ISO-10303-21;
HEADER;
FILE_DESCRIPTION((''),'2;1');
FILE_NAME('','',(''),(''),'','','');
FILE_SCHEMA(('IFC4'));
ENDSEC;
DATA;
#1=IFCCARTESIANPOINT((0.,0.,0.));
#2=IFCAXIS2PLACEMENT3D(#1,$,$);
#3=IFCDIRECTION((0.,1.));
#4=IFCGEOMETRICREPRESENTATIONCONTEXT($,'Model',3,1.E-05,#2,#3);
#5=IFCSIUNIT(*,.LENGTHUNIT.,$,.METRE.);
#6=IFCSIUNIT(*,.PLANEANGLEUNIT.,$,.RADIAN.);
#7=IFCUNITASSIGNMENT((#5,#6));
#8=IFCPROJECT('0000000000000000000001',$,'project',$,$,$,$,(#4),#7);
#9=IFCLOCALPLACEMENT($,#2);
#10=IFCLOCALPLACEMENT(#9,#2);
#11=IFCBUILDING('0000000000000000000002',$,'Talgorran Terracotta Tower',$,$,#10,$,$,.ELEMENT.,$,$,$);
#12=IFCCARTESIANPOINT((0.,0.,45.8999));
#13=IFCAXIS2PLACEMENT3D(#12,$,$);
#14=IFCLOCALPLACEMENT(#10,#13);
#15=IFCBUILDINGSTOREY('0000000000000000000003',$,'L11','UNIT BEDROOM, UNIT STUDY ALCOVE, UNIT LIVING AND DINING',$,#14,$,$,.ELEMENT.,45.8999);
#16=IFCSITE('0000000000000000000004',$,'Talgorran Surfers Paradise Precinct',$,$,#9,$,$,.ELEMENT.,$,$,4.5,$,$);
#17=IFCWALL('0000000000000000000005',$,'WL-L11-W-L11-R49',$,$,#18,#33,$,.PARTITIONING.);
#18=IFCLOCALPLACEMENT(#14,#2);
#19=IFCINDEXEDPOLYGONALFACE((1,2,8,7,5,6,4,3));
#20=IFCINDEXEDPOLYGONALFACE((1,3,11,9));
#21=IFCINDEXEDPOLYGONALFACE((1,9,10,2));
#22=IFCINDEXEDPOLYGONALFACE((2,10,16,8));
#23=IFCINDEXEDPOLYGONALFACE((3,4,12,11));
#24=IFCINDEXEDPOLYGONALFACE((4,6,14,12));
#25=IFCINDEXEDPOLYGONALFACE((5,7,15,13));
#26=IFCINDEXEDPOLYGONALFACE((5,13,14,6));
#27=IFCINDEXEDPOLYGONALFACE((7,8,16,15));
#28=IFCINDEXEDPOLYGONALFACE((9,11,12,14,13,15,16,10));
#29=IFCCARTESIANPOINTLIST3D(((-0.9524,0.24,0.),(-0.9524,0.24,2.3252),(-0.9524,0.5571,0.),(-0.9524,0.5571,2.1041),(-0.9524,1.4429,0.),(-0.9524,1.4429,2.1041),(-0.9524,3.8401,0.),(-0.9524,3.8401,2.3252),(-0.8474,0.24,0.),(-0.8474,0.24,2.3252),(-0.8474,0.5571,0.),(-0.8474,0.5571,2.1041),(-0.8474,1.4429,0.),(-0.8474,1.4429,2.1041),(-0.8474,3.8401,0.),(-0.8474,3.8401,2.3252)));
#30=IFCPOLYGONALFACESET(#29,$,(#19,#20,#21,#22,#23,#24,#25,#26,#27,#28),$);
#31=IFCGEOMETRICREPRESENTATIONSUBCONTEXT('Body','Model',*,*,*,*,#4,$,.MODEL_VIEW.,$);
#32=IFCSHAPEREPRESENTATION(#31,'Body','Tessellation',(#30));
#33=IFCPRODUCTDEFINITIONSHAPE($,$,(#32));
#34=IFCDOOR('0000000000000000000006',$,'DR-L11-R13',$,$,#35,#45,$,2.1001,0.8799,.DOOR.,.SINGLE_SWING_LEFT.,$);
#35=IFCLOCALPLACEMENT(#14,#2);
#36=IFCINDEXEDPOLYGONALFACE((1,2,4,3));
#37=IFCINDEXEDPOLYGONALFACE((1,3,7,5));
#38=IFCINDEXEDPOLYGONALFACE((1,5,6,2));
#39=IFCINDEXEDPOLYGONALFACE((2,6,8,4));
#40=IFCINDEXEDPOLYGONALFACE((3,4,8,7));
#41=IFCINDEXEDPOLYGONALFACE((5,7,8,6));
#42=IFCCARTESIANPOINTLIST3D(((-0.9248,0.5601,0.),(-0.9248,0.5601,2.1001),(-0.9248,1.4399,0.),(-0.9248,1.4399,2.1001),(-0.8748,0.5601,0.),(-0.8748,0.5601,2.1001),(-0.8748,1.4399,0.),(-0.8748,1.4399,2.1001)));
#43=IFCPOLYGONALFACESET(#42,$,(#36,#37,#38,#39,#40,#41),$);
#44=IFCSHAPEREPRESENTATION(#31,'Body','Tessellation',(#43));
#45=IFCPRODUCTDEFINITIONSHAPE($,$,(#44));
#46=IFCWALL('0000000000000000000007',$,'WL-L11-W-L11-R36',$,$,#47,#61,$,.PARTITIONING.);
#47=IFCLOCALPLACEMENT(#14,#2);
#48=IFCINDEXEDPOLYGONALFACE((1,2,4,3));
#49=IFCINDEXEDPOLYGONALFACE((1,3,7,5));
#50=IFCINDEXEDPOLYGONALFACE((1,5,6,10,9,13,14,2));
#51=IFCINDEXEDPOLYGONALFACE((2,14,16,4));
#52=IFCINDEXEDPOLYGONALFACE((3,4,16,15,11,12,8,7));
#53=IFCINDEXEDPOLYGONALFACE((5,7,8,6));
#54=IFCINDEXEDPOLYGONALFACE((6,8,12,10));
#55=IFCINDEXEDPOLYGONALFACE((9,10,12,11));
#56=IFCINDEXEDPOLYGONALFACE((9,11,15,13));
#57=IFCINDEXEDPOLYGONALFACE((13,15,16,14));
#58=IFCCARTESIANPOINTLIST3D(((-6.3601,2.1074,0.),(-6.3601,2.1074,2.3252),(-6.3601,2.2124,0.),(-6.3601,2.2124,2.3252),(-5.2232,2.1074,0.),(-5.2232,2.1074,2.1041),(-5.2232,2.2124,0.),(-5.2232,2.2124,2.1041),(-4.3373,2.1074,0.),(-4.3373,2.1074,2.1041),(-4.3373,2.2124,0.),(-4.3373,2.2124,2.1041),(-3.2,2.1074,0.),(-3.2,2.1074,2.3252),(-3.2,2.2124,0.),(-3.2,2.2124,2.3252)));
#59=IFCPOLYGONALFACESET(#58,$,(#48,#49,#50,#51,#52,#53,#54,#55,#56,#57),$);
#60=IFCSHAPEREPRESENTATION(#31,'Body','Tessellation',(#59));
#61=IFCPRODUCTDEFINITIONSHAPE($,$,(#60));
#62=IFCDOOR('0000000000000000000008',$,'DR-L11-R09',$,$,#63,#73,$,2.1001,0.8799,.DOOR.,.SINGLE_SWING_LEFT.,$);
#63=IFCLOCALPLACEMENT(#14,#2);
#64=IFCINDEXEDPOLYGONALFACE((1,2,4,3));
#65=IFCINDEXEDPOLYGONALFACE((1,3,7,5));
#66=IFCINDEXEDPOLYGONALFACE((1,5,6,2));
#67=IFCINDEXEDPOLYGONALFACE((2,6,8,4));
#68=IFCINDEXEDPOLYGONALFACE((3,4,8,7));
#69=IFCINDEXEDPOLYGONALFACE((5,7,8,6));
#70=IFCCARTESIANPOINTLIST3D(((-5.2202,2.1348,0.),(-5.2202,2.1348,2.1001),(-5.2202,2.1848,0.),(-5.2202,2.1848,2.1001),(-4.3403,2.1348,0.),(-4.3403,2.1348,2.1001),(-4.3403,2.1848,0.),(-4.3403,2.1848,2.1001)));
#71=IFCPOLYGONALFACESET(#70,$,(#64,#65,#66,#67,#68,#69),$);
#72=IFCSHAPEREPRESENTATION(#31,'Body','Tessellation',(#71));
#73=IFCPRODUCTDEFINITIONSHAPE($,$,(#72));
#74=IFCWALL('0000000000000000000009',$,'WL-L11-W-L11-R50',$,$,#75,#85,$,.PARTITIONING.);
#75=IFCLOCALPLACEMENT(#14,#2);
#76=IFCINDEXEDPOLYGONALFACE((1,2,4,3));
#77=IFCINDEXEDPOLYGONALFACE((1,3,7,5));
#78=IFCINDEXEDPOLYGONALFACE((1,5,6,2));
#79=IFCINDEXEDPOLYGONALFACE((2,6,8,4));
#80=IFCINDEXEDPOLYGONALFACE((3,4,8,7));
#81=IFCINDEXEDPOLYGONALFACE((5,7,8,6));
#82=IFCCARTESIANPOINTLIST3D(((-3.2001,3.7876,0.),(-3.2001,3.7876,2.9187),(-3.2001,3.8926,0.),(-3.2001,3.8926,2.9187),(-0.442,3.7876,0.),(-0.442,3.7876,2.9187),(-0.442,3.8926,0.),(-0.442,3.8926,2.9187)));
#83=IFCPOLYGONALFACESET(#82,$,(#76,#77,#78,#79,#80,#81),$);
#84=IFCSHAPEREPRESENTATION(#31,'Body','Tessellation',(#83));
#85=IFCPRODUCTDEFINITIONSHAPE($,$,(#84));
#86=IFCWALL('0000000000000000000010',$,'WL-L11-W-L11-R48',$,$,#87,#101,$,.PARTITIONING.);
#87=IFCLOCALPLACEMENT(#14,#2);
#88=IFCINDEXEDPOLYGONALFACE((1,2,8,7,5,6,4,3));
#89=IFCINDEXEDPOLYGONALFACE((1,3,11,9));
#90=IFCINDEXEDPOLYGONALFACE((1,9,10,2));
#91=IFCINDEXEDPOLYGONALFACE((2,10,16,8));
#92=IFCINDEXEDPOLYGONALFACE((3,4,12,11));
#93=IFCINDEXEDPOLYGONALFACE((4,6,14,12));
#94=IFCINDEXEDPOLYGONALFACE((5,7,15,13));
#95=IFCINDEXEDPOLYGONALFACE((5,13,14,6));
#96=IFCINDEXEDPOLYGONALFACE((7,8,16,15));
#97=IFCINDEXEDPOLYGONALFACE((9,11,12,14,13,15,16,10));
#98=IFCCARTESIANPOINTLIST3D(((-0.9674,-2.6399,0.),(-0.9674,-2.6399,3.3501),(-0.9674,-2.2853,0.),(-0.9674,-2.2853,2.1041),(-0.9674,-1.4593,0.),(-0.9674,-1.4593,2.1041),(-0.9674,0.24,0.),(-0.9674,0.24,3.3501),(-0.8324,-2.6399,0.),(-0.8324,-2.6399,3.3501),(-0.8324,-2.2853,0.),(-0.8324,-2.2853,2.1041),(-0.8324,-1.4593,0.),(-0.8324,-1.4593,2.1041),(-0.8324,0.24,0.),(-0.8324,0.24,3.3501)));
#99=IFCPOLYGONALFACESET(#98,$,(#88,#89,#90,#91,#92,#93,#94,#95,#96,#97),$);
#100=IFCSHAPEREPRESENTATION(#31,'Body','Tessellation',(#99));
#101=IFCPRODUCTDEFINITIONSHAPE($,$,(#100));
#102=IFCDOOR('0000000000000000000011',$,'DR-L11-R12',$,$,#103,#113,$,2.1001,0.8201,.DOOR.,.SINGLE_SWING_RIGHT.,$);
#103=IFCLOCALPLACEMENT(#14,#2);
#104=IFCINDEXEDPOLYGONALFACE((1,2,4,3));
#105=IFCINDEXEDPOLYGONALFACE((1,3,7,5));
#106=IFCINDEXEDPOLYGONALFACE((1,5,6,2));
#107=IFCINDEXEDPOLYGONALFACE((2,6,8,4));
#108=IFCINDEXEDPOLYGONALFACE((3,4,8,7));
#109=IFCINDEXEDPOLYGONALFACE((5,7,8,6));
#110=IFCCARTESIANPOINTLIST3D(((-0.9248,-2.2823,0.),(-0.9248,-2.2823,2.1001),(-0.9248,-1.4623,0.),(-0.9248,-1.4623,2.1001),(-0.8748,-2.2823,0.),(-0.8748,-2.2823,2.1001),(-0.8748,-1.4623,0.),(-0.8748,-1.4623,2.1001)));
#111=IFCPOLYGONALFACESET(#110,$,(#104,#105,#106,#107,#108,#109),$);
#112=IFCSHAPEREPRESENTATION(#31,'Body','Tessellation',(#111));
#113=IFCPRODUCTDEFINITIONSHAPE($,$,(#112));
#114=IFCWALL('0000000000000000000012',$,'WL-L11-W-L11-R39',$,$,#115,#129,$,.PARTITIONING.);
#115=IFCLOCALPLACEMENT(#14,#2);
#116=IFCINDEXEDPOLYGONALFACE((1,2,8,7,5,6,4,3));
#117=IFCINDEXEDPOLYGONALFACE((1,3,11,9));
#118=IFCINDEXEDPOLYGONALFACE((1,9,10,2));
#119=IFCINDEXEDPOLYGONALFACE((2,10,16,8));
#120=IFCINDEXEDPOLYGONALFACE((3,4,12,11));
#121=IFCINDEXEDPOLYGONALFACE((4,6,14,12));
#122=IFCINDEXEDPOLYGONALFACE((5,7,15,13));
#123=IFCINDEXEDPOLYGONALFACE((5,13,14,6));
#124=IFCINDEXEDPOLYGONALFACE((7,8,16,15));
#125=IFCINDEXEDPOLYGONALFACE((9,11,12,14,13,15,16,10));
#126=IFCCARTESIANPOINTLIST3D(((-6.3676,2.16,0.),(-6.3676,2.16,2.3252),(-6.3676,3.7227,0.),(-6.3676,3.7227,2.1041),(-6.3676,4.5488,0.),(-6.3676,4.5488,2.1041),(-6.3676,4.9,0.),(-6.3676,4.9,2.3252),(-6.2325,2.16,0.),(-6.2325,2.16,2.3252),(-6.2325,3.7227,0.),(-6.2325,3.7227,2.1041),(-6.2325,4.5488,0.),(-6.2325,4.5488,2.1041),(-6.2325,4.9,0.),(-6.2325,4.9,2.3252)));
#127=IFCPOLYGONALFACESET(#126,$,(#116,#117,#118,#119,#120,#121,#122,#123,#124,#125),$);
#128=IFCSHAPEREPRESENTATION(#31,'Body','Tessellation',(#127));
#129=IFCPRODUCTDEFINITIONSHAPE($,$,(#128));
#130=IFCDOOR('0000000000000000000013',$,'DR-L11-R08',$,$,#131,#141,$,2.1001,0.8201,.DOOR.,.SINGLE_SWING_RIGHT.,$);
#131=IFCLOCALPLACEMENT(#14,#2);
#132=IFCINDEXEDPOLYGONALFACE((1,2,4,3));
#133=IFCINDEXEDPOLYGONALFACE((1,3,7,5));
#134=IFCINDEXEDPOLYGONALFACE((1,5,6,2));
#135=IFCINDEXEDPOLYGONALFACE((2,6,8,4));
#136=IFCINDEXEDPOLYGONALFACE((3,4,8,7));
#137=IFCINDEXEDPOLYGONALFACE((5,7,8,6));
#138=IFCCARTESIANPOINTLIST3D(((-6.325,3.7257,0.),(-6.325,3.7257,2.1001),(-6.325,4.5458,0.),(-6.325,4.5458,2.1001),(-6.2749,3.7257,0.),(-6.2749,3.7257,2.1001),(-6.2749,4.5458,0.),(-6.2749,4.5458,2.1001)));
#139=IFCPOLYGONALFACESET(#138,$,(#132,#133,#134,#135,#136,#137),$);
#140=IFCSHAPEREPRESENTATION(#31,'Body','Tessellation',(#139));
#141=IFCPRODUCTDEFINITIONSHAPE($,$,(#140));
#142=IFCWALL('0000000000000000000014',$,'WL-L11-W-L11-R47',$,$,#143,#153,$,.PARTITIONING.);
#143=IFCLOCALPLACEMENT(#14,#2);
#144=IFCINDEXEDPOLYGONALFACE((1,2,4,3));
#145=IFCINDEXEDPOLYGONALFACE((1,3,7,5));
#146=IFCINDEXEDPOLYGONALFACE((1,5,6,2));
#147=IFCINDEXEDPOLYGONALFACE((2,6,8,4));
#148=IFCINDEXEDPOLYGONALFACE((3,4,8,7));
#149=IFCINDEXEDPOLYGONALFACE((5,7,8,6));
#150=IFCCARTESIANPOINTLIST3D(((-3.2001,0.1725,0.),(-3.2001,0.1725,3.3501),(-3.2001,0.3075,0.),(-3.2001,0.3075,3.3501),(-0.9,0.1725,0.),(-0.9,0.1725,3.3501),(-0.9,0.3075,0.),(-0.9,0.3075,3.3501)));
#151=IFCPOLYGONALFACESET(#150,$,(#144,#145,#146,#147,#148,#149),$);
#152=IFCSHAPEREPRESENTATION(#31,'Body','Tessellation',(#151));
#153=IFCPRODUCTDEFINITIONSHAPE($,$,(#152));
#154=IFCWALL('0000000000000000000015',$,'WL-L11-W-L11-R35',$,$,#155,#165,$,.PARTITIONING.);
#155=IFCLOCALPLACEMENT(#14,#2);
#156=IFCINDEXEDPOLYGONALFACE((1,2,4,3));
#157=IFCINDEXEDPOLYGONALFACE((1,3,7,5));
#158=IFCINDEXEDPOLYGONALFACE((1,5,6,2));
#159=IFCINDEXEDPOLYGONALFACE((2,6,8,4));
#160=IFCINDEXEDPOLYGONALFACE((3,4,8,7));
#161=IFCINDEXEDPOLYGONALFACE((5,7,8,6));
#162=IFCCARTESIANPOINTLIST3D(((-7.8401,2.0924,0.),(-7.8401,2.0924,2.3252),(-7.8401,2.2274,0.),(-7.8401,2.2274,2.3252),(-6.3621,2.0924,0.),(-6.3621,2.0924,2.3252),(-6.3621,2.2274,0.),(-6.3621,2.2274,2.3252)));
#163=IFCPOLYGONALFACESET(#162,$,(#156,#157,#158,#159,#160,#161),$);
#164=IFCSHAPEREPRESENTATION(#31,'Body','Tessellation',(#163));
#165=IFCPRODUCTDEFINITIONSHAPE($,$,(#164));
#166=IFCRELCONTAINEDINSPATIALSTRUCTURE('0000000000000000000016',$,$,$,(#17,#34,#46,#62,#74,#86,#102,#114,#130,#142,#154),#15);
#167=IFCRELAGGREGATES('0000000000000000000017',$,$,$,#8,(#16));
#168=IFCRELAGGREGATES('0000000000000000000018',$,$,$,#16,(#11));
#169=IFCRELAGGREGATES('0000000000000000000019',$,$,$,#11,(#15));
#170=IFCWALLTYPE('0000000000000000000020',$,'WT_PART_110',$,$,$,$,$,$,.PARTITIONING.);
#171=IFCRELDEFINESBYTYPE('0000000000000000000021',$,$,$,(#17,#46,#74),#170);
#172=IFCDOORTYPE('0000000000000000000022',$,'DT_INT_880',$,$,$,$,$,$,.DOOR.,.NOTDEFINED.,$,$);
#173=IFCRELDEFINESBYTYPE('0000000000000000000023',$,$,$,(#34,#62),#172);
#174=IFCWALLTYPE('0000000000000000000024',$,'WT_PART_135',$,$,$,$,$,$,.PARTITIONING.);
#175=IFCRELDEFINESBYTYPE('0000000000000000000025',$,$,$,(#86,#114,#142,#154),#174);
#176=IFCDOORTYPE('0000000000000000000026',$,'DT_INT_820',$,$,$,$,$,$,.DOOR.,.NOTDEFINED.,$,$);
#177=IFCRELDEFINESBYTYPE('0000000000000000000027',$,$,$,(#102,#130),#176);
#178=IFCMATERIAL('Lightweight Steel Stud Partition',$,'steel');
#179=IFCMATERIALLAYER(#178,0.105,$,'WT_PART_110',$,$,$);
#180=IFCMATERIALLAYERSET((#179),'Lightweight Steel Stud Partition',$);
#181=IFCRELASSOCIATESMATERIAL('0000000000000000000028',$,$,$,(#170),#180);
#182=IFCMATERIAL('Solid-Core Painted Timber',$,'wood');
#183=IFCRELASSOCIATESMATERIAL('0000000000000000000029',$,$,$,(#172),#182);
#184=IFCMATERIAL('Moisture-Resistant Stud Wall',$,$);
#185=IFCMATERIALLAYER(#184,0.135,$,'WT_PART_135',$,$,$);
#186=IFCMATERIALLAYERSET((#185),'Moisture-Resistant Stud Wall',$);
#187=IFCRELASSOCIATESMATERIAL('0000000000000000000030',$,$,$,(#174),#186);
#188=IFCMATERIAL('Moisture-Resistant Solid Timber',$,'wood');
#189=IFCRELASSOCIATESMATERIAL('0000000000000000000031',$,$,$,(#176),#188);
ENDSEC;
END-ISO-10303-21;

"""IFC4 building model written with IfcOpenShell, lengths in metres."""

from ifc_helpers import new_model, si_unit, direction, frame, frame_2d, origin, place, context, subcontext, project, spatial, rectangle, extrude, material, layer, layer_set, type_object, element, fill, save


model = new_model("IFC4")

# Units and contexts
model_context = context("Model", 3, precision=1e-05, world=origin(), true_north=direction((0.0, 1.0)))
body_context = subcontext(model_context, "Body", "Model", "MODEL_VIEW")
ifc_project = project(units=[si_unit("LENGTHUNIT", "METRE"), si_unit("PLANEANGLEUNIT", "RADIAN")], contexts=[model_context])

# Site, building, storey
site_placement = place(None, origin())
site = spatial("IfcSite", under=ifc_project, at=site_placement, Name="Talgorran Surfers Paradise Precinct", CompositionType="ELEMENT", RefElevation=4.5)
building_placement = place(site_placement, origin())
building = spatial("IfcBuilding", under=site, at=building_placement, Name="Talgorran Terracotta Tower", CompositionType="ELEMENT")
storey_placement = place(building_placement, frame((0.0, 0.0, 45.8999)))
storey = spatial("IfcBuildingStorey", under=building, at=storey_placement, Name="L11", Description="UNIT BEDROOM, UNIT STUDY ALCOVE, UNIT LIVING AND DINING", CompositionType="ELEMENT", Elevation=45.8999)

# Walls, openings, doors
ifc_material_1 = material(Name="Lightweight Steel Stud Partition", Category="steel")
ifc_layer_1 = layer(ifc_material_1, 0.105, Name="WT_PART_110")
ifc_layer_set_1 = layer_set([ifc_layer_1], Name="Lightweight Steel Stud Partition")
wall_type_1 = type_object("IfcWallType", Name="WT_PART_110", PredefinedType="PARTITIONING", material=ifc_layer_set_1)
wall_1_placement = place(storey_placement, frame((-0.8999, 0.24, 0.0), z_axis=(0.0, 0.0, 1.0), x_axis=(0.0, 1.0, 0.0)))
wall_1 = element("IfcWall", 1, at=wall_1_placement, inside=storey, type_object=wall_type_1, Name="WL-L11-W-L11-R49", PredefinedType="PARTITIONING", context=body_context, shape_type="SweptSolid", body=[
    extrude(rectangle(XDim=3.6001, YDim=0.105, at=frame_2d((1.8, 0.0))), origin(), (0.0, 0.0, 1.0), 2.3252),
])
opening_1_placement = place(wall_1_placement, frame((0.3201, 0.0, 0.0)))
opening_1 = element("IfcOpeningElement", 2, at=opening_1_placement, cuts=wall_1, PredefinedType="OPENING", context=body_context, shape_type="SweptSolid", body=[
    extrude(rectangle(XDim=0.8859, YDim=2.1041, at=frame_2d((0.4399, 1.052))), frame((0.0, 0.0625, 0.0), z_axis=(0.0, -1.0, 0.0), x_axis=(1.0, 0.0, 0.0)), (0.0, 0.0, 1.0), 0.125),
])
ifc_material_2 = material(Name="Solid-Core Painted Timber", Category="wood")
door_type_1 = type_object("IfcDoorType", Name="DT_INT_880", OperationType="NOTDEFINED", PredefinedType="DOOR", material=ifc_material_2)
door_1_placement = place(opening_1_placement, origin())
door_1 = element("IfcDoor", 3, at=door_1_placement, inside=storey, type_object=door_type_1, Name="DR-L11-R13", OperationType="SINGLE_SWING_LEFT", OverallHeight=2.1001, OverallWidth=0.8799, PredefinedType="DOOR", context=body_context, shape_type="SweptSolid", body=[
    extrude(rectangle(XDim=0.8799, YDim=2.1001, at=frame_2d((0.4399, 1.05))), frame((0.0, 0.0249, 0.0), z_axis=(0.0, -1.0, 0.0), x_axis=(1.0, 0.0, 0.0)), (0.0, 0.0, 1.0), 0.05),
])
fill(opening_1, door_1)
wall_2_placement = place(storey_placement, frame((-6.3601, 2.1599, 0.0), z_axis=(0.0, 0.0, 1.0), x_axis=(1.0, 0.0, 0.0)))
wall_2 = element("IfcWall", 4, at=wall_2_placement, inside=storey, type_object=wall_type_1, Name="WL-L11-W-L11-R36", PredefinedType="PARTITIONING", context=body_context, shape_type="SweptSolid", body=[
    extrude(rectangle(XDim=3.1602, YDim=0.105, at=frame_2d((1.5801, 0.0))), origin(), (0.0, 0.0, 1.0), 2.3252),
])
opening_2_placement = place(wall_2_placement, frame((1.1399, 0.0, 0.0)))
opening_2 = element("IfcOpeningElement", 5, at=opening_2_placement, cuts=wall_2, PredefinedType="OPENING", context=body_context, shape_type="SweptSolid", body=[
    extrude(rectangle(XDim=0.8859, YDim=2.1041, at=frame_2d((0.4399, 1.052))), frame((0.0, 0.0625, 0.0), z_axis=(0.0, -1.0, 0.0), x_axis=(1.0, 0.0, 0.0)), (0.0, 0.0, 1.0), 0.125),
])
door_2_placement = place(opening_2_placement, origin())
door_2 = element("IfcDoor", 6, at=door_2_placement, inside=storey, type_object=door_type_1, Name="DR-L11-R09", OperationType="SINGLE_SWING_LEFT", OverallHeight=2.1001, OverallWidth=0.8799, PredefinedType="DOOR", context=body_context, shape_type="SweptSolid", body=[
    extrude(rectangle(XDim=0.8799, YDim=2.1001, at=frame_2d((0.4399, 1.05))), frame((0.0, 0.0249, 0.0), z_axis=(0.0, -1.0, 0.0), x_axis=(1.0, 0.0, 0.0)), (0.0, 0.0, 1.0), 0.05),
])
fill(opening_2, door_2)

# Wall
wall_3_placement = place(storey_placement, frame((-3.2, 3.8401, 0.0), z_axis=(0.0, 0.0, 1.0), x_axis=(1.0, 0.0, 0.0)))
element("IfcWall", 7, at=wall_3_placement, inside=storey, type_object=wall_type_1, Name="WL-L11-W-L11-R50", PredefinedType="PARTITIONING", context=body_context, shape_type="SweptSolid", body=[
    extrude(rectangle(XDim=2.7581, YDim=0.105, at=frame_2d((1.3789, 0.0))), origin(), (0.0, 0.0, 1.0), 2.9187),
])

# Walls, openings, doors
ifc_material_3 = material(Name="Moisture-Resistant Stud Wall")
ifc_layer_2 = layer(ifc_material_3, 0.135, Name="WT_PART_135")
ifc_layer_set_2 = layer_set([ifc_layer_2], Name="Moisture-Resistant Stud Wall")
wall_type_2 = type_object("IfcWallType", Name="WT_PART_135", PredefinedType="PARTITIONING", material=ifc_layer_set_2)
wall_4_placement = place(storey_placement, frame((-0.8999, -2.6399, 0.0), z_axis=(0.0, 0.0, 1.0), x_axis=(0.0, 1.0, 0.0)))
wall_4 = element("IfcWall", 8, at=wall_4_placement, inside=storey, type_object=wall_type_2, Name="WL-L11-W-L11-R48", PredefinedType="PARTITIONING", context=body_context, shape_type="SweptSolid", body=[
    extrude(rectangle(XDim=2.8799, YDim=0.135, at=frame_2d((1.4399, 0.0))), origin(), (0.0, 0.0, 1.0), 3.3501),
])
opening_3_placement = place(wall_4_placement, frame((0.3574, 0.0, 0.0)))
opening_3 = element("IfcOpeningElement", 9, at=opening_3_placement, cuts=wall_4, PredefinedType="OPENING", context=body_context, shape_type="SweptSolid", body=[
    extrude(rectangle(XDim=0.8261, YDim=2.1041, at=frame_2d((0.4102, 1.052))), frame((0.0, 0.0776, 0.0), z_axis=(0.0, -1.0, 0.0), x_axis=(1.0, 0.0, 0.0)), (0.0, 0.0, 1.0), 0.155),
])
ifc_material_4 = material(Name="Moisture-Resistant Solid Timber", Category="wood")
door_type_2 = type_object("IfcDoorType", Name="DT_INT_820", OperationType="NOTDEFINED", PredefinedType="DOOR", material=ifc_material_4)
door_3_placement = place(opening_3_placement, origin())
door_3 = element("IfcDoor", 10, at=door_3_placement, inside=storey, type_object=door_type_2, Name="DR-L11-R12", OperationType="SINGLE_SWING_RIGHT", OverallHeight=2.1001, OverallWidth=0.8201, PredefinedType="DOOR", context=body_context, shape_type="SweptSolid", body=[
    extrude(rectangle(XDim=0.8201, YDim=2.1001, at=frame_2d((0.4102, 1.05))), frame((0.0, 0.0249, 0.0), z_axis=(0.0, -1.0, 0.0), x_axis=(1.0, 0.0, 0.0)), (0.0, 0.0, 1.0), 0.05),
])
fill(opening_3, door_3)
wall_5_placement = place(storey_placement, frame((-6.3, 2.1599, 0.0), z_axis=(0.0, 0.0, 1.0), x_axis=(0.0, 1.0, 0.0)))
wall_5 = element("IfcWall", 11, at=wall_5_placement, inside=storey, type_object=wall_type_2, Name="WL-L11-W-L11-R39", PredefinedType="PARTITIONING", context=body_context, shape_type="SweptSolid", body=[
    extrude(rectangle(XDim=2.74, YDim=0.135, at=frame_2d((1.3701, 0.0))), origin(), (0.0, 0.0, 1.0), 2.3252),
])
opening_4_placement = place(wall_5_placement, frame((1.5657, 0.0, 0.0)))
opening_4 = element("IfcOpeningElement", 12, at=opening_4_placement, cuts=wall_5, PredefinedType="OPENING", context=body_context, shape_type="SweptSolid", body=[
    extrude(rectangle(XDim=0.8261, YDim=2.1041, at=frame_2d((0.4102, 1.052))), frame((0.0, 0.0776, 0.0), z_axis=(0.0, -1.0, 0.0), x_axis=(1.0, 0.0, 0.0)), (0.0, 0.0, 1.0), 0.155),
])
door_4_placement = place(opening_4_placement, origin())
door_4 = element("IfcDoor", 13, at=door_4_placement, inside=storey, type_object=door_type_2, Name="DR-L11-R08", OperationType="SINGLE_SWING_RIGHT", OverallHeight=2.1001, OverallWidth=0.8201, PredefinedType="DOOR", context=body_context, shape_type="SweptSolid", body=[
    extrude(rectangle(XDim=0.8201, YDim=2.1001, at=frame_2d((0.4102, 1.05))), frame((0.0, 0.0249, 0.0), z_axis=(0.0, -1.0, 0.0), x_axis=(1.0, 0.0, 0.0)), (0.0, 0.0, 1.0), 0.05),
])
fill(opening_4, door_4)

# Walls
wall_6_placement = place(storey_placement, frame((-3.2, 0.24, 0.0), z_axis=(0.0, 0.0, 1.0), x_axis=(1.0, 0.0, 0.0)))
element("IfcWall", 14, at=wall_6_placement, inside=storey, type_object=wall_type_2, Name="WL-L11-W-L11-R47", PredefinedType="PARTITIONING", context=body_context, shape_type="SweptSolid", body=[
    extrude(rectangle(XDim=2.3, YDim=0.135, at=frame_2d((1.1499, 0.0))), origin(), (0.0, 0.0, 1.0), 3.3501),
])
wall_7_placement = place(storey_placement, frame((-7.8401, 2.1599, 0.0), z_axis=(0.0, 0.0, 1.0), x_axis=(1.0, 0.0, 0.0)))
element("IfcWall", 15, at=wall_7_placement, inside=storey, type_object=wall_type_2, Name="WL-L11-W-L11-R35", PredefinedType="PARTITIONING", context=body_context, shape_type="SweptSolid", body=[
    extrude(rectangle(XDim=1.478, YDim=0.135, at=frame_2d((0.739, 0.0))), origin(), (0.0, 0.0, 1.0), 2.3252),
])

save(model, "model.ifc")
